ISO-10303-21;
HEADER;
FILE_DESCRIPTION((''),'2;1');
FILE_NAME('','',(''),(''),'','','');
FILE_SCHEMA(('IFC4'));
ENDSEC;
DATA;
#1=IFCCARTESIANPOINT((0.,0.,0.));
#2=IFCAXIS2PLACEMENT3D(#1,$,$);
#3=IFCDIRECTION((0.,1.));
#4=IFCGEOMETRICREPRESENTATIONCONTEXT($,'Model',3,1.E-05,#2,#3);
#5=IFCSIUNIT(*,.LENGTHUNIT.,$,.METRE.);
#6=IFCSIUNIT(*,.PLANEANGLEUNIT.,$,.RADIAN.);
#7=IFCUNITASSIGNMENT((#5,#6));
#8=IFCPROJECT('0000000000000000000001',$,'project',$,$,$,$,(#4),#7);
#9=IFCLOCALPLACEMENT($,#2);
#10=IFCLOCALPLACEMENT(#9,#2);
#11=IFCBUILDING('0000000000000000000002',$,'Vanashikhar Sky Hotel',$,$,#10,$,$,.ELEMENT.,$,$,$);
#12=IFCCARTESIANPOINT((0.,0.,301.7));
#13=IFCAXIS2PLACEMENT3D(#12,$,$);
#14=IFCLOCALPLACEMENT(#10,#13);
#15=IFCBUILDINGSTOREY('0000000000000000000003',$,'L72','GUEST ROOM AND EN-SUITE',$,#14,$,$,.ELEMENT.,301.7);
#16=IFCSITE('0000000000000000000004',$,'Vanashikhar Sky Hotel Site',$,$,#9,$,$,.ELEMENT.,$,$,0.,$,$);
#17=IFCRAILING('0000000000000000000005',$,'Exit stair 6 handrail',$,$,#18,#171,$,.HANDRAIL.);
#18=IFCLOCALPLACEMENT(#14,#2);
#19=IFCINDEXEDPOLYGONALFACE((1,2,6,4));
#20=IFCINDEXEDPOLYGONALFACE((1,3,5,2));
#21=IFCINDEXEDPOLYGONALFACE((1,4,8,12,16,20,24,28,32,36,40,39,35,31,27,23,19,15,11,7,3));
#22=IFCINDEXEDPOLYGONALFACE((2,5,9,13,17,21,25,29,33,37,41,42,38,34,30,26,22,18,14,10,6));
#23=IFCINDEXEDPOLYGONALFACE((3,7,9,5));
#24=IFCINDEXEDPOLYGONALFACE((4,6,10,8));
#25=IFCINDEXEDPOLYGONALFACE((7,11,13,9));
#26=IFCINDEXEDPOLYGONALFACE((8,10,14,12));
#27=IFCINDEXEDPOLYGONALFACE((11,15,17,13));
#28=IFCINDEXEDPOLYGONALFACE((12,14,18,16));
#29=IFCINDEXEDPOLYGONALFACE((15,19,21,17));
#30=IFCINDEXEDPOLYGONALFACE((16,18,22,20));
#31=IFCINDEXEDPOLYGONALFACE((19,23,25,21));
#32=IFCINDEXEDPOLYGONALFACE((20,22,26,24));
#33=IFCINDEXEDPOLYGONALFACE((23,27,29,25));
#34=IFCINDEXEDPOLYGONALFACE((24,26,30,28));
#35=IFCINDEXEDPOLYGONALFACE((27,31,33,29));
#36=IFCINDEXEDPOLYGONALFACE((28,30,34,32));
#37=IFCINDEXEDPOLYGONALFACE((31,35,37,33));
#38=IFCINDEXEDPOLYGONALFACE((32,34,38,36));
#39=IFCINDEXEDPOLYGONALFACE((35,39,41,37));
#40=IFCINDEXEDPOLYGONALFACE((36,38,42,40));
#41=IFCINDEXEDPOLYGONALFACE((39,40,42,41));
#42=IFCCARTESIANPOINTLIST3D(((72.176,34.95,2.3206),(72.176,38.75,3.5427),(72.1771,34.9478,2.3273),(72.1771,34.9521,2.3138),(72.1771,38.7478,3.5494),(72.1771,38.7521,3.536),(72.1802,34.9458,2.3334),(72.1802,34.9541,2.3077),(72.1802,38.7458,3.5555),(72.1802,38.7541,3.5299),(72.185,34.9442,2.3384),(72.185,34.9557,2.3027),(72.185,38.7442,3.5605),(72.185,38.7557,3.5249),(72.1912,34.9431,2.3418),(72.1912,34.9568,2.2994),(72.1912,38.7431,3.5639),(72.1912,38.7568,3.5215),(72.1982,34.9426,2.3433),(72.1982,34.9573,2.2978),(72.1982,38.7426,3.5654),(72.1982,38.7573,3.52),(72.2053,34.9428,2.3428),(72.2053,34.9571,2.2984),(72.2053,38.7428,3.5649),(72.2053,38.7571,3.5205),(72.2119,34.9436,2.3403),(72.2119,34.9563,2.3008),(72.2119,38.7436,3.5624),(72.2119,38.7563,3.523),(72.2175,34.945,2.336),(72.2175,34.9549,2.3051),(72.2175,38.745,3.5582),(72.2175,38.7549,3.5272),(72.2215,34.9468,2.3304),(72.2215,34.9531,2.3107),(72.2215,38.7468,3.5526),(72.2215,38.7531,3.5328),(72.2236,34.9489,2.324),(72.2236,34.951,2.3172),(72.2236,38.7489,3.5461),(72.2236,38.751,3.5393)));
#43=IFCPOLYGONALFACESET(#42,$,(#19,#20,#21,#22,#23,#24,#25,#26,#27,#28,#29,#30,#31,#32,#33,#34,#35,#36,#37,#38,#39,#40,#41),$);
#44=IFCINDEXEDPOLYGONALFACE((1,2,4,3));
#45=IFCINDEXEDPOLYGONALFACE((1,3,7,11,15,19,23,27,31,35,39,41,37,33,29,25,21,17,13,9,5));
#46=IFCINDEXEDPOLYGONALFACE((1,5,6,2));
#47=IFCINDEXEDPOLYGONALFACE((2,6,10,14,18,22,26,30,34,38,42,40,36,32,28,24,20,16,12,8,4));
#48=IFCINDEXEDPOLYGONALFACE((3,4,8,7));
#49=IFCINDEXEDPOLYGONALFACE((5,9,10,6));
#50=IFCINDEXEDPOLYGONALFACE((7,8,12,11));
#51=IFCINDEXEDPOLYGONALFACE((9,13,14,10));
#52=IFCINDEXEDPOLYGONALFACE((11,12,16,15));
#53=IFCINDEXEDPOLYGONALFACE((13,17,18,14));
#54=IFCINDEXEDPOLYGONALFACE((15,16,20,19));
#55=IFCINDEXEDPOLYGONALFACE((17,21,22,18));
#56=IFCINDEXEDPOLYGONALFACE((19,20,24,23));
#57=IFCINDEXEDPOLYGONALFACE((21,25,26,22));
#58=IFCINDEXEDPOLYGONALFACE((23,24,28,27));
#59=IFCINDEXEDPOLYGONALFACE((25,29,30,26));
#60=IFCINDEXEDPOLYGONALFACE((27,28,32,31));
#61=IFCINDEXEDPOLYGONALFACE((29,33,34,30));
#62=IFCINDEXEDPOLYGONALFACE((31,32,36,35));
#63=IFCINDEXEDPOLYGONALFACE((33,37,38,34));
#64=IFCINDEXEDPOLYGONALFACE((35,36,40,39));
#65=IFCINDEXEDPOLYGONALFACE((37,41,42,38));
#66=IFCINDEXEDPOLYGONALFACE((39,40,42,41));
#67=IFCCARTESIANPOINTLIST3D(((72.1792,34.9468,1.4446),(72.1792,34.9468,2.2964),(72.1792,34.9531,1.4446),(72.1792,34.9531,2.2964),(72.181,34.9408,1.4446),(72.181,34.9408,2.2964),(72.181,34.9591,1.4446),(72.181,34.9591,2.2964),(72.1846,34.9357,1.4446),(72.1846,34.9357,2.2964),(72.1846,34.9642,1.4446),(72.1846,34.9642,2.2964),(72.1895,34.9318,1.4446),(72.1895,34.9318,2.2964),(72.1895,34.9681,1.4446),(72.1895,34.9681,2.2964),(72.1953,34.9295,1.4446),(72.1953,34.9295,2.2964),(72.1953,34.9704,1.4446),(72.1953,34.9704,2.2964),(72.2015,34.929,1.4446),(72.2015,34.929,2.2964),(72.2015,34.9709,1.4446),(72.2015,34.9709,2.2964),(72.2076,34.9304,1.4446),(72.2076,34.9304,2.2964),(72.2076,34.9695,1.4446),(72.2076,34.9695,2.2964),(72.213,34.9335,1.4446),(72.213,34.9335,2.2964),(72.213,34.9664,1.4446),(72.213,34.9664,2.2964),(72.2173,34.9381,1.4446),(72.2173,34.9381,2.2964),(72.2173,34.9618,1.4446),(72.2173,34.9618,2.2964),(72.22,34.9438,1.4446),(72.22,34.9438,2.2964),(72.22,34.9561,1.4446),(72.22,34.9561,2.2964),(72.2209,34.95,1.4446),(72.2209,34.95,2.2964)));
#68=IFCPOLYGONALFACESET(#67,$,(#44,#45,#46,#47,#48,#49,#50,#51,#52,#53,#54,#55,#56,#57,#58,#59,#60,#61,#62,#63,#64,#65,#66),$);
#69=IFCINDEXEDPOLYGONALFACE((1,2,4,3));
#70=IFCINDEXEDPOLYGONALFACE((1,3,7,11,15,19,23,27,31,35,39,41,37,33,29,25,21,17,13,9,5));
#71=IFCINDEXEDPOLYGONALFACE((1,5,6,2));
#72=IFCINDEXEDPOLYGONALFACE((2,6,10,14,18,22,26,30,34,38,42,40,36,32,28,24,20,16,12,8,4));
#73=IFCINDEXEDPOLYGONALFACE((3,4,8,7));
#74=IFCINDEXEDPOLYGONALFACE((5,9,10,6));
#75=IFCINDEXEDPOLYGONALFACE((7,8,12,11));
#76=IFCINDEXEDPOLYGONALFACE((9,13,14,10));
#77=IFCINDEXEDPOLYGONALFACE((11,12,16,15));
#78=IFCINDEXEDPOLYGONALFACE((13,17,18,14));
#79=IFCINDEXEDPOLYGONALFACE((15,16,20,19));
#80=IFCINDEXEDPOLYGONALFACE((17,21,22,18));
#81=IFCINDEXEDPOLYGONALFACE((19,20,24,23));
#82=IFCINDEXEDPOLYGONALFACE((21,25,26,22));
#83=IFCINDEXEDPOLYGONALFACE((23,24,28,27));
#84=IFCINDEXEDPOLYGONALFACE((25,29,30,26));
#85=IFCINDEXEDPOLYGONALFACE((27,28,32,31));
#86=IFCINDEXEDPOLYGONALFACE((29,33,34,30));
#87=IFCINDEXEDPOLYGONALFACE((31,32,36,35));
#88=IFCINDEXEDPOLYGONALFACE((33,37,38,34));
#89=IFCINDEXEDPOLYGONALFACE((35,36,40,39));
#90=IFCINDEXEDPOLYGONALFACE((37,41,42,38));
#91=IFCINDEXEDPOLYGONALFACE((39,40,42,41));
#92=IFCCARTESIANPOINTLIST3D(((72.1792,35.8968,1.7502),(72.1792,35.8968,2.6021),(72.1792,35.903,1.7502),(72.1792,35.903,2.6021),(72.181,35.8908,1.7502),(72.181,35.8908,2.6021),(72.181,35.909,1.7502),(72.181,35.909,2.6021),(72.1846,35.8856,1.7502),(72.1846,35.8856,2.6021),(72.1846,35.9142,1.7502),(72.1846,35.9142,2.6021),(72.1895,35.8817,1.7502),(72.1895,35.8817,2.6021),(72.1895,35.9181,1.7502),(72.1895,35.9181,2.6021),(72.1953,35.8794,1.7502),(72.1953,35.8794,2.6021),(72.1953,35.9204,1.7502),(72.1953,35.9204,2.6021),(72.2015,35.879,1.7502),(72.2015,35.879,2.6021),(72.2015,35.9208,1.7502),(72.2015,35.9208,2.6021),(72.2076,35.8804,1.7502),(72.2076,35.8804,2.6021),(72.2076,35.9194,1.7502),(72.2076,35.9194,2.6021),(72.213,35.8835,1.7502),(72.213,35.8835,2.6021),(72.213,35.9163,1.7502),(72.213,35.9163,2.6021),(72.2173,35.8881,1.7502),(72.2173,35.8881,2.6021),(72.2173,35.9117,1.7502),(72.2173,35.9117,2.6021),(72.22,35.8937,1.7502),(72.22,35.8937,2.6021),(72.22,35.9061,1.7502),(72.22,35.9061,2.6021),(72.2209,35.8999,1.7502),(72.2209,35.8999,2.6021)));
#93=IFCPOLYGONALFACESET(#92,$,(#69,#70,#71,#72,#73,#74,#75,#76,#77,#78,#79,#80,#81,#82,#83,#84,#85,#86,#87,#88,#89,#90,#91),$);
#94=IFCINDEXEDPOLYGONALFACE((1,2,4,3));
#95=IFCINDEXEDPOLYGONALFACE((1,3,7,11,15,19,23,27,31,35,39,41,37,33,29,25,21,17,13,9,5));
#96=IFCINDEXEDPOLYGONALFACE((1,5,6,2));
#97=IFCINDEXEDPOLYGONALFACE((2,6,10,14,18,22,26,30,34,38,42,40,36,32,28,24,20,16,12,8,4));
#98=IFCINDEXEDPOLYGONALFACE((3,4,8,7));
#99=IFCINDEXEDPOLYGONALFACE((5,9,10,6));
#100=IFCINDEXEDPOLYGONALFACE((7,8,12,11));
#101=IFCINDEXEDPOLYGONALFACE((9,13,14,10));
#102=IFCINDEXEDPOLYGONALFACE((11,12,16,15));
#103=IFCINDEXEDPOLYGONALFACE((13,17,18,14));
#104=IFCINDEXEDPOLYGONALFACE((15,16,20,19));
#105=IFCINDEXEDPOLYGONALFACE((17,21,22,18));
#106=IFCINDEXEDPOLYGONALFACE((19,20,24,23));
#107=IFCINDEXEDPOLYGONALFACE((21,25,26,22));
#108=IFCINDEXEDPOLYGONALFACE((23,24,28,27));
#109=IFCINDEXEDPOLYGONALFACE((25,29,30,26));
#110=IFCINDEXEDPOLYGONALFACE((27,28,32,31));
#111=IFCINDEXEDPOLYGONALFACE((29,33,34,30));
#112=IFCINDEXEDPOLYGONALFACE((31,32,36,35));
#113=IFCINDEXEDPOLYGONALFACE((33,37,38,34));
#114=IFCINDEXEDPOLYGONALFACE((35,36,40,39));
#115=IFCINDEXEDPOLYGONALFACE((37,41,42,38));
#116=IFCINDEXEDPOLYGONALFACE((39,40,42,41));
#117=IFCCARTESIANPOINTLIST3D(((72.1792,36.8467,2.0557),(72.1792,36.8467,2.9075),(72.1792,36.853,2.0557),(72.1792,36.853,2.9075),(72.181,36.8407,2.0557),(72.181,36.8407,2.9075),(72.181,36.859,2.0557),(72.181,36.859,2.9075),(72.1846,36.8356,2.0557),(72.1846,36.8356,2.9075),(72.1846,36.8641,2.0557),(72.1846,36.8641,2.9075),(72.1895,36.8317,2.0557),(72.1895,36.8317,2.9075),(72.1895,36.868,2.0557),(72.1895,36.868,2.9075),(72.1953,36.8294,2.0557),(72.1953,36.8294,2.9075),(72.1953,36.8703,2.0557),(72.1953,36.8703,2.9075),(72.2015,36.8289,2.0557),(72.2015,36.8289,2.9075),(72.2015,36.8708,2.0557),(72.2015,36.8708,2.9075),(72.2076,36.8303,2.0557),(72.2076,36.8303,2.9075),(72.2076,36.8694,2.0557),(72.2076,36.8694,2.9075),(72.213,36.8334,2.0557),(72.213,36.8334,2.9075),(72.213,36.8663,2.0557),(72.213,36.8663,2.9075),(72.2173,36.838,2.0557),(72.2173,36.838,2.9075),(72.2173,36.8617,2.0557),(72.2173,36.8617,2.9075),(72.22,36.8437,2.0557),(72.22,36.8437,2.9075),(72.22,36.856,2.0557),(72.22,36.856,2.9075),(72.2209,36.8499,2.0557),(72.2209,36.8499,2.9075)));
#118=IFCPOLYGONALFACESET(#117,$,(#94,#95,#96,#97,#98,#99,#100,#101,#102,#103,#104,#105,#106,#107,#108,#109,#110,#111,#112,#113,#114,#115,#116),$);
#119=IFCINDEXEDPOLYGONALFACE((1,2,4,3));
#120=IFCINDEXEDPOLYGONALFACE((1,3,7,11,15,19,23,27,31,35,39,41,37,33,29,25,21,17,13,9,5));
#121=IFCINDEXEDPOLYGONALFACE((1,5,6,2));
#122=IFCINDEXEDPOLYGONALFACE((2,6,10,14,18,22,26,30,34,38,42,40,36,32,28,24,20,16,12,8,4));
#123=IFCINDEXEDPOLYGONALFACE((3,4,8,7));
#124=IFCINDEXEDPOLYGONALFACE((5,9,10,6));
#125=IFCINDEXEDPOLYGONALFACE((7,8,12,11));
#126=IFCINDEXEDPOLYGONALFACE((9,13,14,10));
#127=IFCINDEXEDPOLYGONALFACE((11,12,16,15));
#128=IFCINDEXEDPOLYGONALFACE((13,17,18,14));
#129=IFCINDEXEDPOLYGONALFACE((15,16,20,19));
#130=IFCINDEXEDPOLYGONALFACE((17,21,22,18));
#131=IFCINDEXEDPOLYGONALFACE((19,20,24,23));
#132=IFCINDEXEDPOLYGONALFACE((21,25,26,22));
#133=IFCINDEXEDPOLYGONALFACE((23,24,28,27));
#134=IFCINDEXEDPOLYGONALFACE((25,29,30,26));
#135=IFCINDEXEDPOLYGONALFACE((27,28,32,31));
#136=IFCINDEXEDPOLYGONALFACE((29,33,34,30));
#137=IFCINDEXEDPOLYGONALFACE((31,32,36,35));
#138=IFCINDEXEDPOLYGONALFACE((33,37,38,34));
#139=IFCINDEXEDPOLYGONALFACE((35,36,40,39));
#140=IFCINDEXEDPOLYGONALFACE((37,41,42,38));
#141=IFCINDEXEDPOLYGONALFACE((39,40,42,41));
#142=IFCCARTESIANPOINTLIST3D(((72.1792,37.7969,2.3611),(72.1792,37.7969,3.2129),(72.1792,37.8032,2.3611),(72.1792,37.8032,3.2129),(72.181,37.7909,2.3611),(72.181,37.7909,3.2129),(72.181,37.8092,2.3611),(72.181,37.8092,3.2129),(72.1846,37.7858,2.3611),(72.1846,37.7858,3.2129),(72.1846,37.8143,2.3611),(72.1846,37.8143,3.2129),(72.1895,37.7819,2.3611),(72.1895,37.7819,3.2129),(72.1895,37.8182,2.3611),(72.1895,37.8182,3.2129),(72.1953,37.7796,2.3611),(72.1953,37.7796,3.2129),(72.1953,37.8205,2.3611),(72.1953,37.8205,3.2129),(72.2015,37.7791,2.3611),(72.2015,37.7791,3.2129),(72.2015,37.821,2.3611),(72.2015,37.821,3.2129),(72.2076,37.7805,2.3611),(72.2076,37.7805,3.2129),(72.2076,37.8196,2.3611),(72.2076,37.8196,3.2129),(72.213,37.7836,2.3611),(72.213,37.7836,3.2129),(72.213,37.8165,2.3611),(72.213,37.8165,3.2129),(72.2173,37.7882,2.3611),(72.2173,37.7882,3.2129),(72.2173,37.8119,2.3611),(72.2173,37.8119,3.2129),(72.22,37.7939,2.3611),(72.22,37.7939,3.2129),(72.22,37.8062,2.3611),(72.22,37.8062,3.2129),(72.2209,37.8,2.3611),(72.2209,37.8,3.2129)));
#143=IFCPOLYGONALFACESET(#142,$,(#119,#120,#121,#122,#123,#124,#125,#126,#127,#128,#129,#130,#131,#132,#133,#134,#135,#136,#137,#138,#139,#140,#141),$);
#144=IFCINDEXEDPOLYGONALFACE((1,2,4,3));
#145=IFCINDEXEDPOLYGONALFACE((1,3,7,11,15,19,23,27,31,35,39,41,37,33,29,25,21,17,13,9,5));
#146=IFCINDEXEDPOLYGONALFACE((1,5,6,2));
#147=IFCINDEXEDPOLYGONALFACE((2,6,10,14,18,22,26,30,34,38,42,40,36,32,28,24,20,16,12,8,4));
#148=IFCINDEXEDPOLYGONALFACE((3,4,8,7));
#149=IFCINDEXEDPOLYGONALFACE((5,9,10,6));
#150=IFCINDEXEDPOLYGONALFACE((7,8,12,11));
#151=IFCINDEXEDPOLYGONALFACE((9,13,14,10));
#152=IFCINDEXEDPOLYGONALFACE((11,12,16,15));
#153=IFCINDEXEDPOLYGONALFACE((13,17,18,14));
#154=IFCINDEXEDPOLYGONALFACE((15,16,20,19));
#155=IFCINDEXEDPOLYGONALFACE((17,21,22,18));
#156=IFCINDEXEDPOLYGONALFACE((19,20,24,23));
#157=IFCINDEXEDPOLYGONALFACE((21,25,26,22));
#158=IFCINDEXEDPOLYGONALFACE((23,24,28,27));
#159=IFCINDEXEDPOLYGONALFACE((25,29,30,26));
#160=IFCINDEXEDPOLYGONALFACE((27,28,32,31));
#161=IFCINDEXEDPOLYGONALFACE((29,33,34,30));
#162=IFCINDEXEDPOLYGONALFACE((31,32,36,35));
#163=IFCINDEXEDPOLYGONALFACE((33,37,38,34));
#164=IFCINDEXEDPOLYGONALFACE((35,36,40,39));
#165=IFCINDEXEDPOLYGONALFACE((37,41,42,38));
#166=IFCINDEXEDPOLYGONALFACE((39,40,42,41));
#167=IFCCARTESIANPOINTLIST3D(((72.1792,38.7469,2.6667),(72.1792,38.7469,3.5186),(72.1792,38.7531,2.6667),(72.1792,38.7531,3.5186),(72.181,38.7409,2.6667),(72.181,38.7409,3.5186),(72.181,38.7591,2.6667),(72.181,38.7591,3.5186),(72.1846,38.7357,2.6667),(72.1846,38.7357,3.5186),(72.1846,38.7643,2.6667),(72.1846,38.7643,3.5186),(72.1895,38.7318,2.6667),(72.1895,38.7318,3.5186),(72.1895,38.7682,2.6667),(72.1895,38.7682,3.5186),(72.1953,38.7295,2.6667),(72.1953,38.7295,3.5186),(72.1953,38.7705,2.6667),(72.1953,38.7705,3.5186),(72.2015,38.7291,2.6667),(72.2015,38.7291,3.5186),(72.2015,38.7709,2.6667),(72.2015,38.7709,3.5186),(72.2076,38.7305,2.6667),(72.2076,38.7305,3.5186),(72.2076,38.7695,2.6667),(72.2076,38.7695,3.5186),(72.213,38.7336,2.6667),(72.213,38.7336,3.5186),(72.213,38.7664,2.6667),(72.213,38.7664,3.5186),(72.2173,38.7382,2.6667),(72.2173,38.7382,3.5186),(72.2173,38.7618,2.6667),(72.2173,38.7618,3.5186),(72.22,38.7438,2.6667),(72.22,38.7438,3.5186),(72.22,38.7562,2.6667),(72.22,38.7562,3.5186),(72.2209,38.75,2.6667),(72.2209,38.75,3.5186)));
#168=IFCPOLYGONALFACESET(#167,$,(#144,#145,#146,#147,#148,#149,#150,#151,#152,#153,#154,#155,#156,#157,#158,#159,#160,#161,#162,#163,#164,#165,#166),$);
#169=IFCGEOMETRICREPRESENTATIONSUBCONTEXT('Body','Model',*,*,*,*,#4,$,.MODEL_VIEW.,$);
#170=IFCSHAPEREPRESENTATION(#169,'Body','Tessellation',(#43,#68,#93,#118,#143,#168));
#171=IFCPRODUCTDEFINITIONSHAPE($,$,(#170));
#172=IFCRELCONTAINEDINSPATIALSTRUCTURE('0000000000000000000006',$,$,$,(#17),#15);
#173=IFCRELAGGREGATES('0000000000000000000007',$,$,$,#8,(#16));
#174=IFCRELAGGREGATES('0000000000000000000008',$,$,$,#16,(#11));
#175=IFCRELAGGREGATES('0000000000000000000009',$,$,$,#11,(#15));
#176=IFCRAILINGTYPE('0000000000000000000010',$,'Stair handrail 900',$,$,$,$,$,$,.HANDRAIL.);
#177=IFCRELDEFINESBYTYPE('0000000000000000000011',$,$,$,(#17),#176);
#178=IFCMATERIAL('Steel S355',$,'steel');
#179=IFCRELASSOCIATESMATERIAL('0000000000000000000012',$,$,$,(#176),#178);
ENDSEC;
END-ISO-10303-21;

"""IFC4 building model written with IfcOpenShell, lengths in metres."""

from ifc_helpers import new_model, si_unit, direction, frame, origin, origin_2d, place, context, subcontext, project, spatial, circle, extrude, source, transform, mapped, material, type_object, element, save


model = new_model("IFC4")

# Units and contexts
model_context = context("Model", 3, precision=1e-05, world=origin(), true_north=direction((0.0, 1.0)))
body_context = subcontext(model_context, "Body", "Model", "MODEL_VIEW")
ifc_project = project(units=[si_unit("LENGTHUNIT", "METRE"), si_unit("PLANEANGLEUNIT", "RADIAN")], contexts=[model_context])

# Site, building, storey
site_placement = place(None, origin())
site = spatial("IfcSite", under=ifc_project, at=site_placement, Name="Vanashikhar Sky Hotel Site", CompositionType="ELEMENT", RefElevation=0.0)
building_placement = place(site_placement, origin())
building = spatial("IfcBuilding", under=site, at=building_placement, Name="Vanashikhar Sky Hotel", CompositionType="ELEMENT")
storey_placement = place(building_placement, frame((0.0, 0.0, 301.7)))
storey = spatial("IfcBuildingStorey", under=building, at=storey_placement, Name="L72", Description="GUEST ROOM AND EN-SUITE", CompositionType="ELEMENT", Elevation=301.7)

# Railing
ifc_material_1 = material(Name="Steel S355", Category="steel")
railing_type_1 = type_object("IfcRailingType", Name="Stair handrail 900", PredefinedType="HANDRAIL", material=ifc_material_1)
shared_shape_1 = source(origin(), body_context, "Body", "SweptSolid", [
    extrude(circle(Radius=0.0239, at=origin_2d()), frame((0.0, 0.0, 0.876), z_axis=(0.0, 0.951976, 0.306173), x_axis=(-1.0, 0.0, 0.0)), (0.0, 0.0, 1.0), 3.9917),
    extrude(circle(Radius=0.021, at=origin_2d()), origin(), (0.0, 0.0, 1.0), 0.8518),
    extrude(circle(Radius=0.021, at=origin_2d()), frame((0.0, 0.95, 0.3057)), (0.0, 0.0, 1.0), 0.8518),
    extrude(circle(Radius=0.021, at=origin_2d()), frame((0.0, 1.8999, 0.6111)), (0.0, 0.0, 1.0), 0.8518),
    extrude(circle(Radius=0.021, at=origin_2d()), frame((0.0, 2.8501, 0.9165)), (0.0, 0.0, 1.0), 0.8518),
    extrude(circle(Radius=0.021, at=origin_2d()), frame((0.0, 3.8, 1.2222)), (0.0, 0.0, 1.0), 0.8518),
])
railing_1_placement = place(storey_placement, frame((72.2, 34.95, 1.4446)))
element("IfcRailing", 1, at=railing_1_placement, inside=storey, type_object=railing_type_1, Name="Exit stair 6 handrail", PredefinedType="HANDRAIL", context=body_context, shape_type="MappedRepresentation", body=[
    mapped(shared_shape_1, transform((0.0, 0.0, 0.0), scale=1.0)),
])

save(model, "model.ifc")
